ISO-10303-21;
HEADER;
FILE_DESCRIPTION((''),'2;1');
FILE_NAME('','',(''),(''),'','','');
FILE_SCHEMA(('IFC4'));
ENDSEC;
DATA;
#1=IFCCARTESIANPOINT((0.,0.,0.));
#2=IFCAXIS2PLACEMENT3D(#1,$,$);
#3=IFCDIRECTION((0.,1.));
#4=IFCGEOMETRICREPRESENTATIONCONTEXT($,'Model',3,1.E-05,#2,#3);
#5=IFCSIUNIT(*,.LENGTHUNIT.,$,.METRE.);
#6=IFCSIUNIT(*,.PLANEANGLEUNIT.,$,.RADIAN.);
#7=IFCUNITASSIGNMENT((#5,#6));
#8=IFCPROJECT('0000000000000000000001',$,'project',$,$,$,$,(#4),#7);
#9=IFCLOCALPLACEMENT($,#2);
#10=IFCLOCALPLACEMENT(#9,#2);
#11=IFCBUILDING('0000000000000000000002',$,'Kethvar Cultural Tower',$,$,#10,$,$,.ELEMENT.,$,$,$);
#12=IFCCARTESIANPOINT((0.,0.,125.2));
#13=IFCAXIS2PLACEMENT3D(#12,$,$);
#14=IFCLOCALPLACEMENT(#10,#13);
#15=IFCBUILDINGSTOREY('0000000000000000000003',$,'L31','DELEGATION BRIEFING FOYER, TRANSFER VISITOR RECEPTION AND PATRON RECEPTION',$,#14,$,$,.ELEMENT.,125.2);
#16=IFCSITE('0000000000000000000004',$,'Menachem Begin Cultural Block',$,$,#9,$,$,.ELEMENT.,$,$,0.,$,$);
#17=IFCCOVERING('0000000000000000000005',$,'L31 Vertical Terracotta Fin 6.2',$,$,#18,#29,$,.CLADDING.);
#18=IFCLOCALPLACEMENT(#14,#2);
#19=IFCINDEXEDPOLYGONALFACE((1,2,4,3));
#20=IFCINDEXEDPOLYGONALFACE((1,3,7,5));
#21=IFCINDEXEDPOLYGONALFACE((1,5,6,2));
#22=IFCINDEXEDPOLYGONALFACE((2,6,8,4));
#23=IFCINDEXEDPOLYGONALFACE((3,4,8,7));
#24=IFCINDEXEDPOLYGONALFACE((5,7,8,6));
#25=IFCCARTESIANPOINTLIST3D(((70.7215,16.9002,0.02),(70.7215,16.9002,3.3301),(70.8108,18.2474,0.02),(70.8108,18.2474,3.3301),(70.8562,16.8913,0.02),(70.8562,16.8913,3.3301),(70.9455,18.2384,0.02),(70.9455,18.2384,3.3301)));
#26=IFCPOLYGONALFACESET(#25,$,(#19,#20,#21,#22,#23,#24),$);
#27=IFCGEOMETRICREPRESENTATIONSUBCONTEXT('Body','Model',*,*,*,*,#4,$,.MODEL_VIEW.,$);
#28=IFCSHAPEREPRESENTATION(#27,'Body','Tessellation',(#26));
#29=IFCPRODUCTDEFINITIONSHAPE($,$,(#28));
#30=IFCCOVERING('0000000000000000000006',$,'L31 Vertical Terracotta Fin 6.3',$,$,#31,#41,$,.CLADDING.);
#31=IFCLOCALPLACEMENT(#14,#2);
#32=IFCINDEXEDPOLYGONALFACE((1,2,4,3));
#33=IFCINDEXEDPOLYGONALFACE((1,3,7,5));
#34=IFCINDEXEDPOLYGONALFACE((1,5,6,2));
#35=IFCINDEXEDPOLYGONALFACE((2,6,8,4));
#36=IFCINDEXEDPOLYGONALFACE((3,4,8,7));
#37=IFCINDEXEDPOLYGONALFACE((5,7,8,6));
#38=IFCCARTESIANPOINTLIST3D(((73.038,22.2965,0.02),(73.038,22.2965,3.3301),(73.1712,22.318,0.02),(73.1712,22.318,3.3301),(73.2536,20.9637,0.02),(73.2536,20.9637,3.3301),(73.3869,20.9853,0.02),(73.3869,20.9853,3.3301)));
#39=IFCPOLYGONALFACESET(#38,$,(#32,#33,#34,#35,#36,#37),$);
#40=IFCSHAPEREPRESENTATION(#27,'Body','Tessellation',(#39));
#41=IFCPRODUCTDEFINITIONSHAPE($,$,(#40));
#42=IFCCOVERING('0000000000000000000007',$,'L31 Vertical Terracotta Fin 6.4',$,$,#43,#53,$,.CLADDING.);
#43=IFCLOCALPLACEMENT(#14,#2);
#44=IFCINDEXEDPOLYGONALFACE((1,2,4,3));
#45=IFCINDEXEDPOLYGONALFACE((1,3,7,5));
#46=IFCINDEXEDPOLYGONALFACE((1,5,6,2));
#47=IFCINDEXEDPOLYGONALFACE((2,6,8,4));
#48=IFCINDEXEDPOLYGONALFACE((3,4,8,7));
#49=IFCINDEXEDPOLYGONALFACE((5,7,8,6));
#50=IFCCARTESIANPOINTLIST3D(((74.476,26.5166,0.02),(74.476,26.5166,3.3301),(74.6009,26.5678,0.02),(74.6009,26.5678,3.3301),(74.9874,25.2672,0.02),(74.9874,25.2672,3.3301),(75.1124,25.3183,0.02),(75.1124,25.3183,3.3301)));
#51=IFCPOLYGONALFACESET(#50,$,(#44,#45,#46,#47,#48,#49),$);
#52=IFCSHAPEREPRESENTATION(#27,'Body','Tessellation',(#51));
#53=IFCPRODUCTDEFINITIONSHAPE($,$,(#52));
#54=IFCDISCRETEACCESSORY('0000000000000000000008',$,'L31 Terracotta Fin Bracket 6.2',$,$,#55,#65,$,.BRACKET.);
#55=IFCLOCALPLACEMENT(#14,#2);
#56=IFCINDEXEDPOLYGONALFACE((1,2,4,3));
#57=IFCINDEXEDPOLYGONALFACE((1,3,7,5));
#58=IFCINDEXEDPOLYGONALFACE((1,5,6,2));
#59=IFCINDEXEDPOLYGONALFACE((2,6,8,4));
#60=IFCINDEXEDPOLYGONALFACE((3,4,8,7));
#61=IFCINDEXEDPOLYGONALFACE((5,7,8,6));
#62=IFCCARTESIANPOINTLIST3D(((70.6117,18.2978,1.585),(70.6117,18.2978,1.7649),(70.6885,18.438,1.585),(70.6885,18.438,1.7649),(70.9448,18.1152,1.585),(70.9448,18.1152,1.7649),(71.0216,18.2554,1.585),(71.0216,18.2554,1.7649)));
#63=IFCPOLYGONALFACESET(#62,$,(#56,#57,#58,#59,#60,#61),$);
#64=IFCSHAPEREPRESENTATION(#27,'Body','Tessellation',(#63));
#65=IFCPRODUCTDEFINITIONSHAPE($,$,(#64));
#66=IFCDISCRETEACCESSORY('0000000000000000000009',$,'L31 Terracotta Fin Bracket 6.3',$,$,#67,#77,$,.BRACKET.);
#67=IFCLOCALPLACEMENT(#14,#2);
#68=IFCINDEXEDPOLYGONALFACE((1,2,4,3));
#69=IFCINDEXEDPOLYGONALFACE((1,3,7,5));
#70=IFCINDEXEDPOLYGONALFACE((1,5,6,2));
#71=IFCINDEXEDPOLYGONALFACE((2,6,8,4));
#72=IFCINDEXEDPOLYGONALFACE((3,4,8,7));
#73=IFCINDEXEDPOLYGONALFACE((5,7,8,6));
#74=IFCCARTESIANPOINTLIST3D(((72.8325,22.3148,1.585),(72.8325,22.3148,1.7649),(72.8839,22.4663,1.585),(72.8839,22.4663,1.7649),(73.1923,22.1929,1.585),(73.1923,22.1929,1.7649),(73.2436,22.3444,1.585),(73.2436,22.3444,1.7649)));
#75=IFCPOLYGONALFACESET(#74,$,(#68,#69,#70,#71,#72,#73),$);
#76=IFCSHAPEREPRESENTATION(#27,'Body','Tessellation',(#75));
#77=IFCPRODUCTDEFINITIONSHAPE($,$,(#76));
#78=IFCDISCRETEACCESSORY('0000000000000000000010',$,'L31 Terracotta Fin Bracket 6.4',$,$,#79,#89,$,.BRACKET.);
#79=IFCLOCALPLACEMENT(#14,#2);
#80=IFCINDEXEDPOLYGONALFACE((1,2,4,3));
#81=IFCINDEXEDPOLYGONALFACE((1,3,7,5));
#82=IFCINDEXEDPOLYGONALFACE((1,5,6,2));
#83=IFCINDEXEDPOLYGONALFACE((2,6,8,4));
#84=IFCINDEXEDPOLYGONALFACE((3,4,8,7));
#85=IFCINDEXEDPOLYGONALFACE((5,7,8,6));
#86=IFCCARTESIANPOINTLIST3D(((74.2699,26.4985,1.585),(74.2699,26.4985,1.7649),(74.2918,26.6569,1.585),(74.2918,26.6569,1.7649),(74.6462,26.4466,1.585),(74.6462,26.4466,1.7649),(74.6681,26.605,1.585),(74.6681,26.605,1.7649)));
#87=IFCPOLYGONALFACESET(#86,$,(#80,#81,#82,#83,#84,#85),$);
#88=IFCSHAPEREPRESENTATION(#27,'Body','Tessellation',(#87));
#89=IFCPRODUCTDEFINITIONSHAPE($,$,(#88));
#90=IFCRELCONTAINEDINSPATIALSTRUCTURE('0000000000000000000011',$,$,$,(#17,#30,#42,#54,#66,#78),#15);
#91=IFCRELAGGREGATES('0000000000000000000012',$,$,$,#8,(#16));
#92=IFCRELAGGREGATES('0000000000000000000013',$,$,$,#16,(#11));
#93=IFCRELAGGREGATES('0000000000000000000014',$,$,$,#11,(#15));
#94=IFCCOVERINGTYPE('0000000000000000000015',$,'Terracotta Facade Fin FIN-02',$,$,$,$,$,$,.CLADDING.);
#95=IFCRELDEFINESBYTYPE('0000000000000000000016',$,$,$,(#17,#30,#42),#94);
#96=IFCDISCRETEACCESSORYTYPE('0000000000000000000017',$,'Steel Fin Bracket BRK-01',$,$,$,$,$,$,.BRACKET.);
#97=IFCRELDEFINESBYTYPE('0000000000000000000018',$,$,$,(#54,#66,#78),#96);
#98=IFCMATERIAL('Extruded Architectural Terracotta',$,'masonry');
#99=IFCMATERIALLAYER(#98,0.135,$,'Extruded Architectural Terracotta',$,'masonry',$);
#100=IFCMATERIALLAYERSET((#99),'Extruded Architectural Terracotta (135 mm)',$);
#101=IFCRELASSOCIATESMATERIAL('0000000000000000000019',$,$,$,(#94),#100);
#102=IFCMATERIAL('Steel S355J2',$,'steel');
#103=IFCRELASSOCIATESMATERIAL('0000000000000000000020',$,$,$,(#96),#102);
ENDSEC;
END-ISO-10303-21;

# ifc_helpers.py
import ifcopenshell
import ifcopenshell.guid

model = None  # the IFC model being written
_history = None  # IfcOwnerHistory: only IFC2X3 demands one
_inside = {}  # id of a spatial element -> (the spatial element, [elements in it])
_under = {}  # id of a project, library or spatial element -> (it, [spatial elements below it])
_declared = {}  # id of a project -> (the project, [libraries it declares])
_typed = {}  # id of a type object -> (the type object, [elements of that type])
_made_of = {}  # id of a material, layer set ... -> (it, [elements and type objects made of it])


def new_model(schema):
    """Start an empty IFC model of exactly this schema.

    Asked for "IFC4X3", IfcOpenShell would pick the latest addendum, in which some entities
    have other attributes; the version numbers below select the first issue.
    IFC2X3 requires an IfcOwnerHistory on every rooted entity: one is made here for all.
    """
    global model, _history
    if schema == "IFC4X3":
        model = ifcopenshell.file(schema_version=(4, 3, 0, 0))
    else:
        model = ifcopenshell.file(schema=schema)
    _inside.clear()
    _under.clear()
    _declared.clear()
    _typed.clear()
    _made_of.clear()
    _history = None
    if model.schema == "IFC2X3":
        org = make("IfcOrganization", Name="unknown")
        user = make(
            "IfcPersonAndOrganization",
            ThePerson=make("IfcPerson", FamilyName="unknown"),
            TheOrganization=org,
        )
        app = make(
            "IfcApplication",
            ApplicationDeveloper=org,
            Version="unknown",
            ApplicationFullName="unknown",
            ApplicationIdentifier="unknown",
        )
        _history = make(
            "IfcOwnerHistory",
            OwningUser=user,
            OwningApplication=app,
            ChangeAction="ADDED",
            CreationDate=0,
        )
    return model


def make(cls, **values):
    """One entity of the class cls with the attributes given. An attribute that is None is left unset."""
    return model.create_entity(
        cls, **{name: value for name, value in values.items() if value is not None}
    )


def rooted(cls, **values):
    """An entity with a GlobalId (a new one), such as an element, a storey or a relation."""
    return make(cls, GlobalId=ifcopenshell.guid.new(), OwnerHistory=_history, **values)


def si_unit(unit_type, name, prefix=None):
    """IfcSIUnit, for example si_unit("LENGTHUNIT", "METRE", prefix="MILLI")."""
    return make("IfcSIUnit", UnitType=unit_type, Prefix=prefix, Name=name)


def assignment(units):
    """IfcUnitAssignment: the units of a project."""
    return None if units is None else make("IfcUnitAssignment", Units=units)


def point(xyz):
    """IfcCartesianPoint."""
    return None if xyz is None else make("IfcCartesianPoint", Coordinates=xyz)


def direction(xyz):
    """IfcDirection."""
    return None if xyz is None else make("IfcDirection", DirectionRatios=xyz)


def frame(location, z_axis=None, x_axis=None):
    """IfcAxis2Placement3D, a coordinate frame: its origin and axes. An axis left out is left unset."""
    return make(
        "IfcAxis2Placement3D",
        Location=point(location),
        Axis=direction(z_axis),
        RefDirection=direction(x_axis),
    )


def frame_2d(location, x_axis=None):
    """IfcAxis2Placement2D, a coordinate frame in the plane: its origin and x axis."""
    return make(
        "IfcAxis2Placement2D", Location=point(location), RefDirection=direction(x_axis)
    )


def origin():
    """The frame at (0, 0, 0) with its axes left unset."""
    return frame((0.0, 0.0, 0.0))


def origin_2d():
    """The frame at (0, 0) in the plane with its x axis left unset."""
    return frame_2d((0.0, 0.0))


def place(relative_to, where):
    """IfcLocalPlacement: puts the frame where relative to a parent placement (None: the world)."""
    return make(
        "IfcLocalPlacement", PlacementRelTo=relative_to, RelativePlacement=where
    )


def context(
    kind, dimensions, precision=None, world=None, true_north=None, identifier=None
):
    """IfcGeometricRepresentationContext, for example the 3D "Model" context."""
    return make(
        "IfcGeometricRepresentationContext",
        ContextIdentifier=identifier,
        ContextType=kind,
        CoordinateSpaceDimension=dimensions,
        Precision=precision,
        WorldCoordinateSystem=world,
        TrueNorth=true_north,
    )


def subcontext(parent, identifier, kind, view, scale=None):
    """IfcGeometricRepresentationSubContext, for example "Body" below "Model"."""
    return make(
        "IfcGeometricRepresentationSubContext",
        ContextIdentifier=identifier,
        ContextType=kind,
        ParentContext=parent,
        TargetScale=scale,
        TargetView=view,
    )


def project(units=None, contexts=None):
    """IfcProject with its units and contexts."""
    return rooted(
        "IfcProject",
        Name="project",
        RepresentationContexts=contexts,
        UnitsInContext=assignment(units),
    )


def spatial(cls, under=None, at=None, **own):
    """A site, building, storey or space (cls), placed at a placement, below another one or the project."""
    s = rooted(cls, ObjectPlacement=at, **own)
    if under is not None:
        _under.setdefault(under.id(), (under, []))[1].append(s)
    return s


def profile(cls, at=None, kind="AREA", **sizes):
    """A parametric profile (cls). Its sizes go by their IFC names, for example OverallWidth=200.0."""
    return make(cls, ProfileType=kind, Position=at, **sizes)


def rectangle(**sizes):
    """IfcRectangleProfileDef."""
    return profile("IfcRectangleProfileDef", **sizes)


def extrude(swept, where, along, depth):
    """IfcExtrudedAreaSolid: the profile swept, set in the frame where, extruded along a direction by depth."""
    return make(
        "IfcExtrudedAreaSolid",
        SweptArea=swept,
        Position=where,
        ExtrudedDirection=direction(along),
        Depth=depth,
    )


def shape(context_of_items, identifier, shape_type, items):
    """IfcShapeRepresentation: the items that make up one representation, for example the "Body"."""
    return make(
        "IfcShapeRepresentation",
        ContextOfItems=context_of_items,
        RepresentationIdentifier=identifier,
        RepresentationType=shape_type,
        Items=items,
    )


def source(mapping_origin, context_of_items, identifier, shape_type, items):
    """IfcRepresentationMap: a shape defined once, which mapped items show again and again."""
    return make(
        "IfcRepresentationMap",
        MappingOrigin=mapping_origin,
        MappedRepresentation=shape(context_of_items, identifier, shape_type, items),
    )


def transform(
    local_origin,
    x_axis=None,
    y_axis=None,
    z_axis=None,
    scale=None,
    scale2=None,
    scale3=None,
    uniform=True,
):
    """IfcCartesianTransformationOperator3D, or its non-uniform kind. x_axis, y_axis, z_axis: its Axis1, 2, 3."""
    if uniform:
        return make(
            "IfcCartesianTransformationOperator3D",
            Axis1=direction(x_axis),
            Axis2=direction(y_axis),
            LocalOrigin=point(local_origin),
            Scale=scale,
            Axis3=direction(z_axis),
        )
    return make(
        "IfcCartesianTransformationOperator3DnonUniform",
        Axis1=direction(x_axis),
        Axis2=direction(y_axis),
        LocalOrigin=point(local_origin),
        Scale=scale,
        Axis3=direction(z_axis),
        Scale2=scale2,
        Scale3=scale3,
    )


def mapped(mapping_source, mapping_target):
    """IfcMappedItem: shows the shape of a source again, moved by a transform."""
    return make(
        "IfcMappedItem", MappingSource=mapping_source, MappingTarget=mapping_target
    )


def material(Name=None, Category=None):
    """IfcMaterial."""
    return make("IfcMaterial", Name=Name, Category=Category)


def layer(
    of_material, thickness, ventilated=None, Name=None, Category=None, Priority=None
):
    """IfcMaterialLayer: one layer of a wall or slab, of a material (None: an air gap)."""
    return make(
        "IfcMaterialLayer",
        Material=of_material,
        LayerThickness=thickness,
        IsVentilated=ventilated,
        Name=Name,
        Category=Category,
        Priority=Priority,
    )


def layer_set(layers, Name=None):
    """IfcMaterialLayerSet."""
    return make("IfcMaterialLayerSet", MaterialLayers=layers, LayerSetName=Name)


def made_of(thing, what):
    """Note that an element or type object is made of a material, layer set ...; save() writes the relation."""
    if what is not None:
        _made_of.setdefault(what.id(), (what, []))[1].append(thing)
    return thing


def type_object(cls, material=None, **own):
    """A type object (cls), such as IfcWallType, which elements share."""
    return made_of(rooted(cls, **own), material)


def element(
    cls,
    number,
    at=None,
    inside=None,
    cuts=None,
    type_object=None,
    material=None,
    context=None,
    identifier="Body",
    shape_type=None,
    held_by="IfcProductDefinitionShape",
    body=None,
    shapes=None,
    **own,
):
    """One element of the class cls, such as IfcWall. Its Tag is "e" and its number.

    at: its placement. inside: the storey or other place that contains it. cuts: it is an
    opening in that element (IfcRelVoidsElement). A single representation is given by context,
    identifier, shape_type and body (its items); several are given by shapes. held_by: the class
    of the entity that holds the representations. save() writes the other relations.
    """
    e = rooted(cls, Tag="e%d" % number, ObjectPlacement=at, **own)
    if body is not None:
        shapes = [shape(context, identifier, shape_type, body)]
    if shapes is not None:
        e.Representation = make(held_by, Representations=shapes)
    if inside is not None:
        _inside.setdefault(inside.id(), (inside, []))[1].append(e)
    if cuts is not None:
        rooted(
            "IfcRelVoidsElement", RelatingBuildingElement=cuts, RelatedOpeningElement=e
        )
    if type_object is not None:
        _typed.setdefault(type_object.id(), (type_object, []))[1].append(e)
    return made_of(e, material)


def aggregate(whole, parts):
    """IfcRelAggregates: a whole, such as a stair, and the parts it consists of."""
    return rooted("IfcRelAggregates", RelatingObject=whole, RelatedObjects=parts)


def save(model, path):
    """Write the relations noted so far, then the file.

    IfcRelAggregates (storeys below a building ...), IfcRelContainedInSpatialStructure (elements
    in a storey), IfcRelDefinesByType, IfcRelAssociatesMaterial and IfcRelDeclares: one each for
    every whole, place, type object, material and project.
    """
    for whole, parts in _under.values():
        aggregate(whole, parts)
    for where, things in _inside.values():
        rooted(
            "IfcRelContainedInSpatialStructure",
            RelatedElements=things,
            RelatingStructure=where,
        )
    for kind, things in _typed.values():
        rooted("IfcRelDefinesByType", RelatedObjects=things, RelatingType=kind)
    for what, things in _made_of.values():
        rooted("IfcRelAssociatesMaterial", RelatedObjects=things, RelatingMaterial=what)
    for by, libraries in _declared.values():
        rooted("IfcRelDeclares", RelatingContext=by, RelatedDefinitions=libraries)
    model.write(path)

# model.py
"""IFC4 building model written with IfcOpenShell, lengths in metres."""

from ifc_helpers import new_model, si_unit, direction, frame, origin, origin_2d, place, context, subcontext, project, spatial, rectangle, extrude, source, transform, mapped, material, layer, layer_set, type_object, element, save


model = new_model("IFC4")

# Units and contexts
model_context = context("Model", 3, precision=1e-05, world=origin(), true_north=direction((0.0, 1.0)))
body_context = subcontext(model_context, "Body", "Model", "MODEL_VIEW")
ifc_project = project(units=[si_unit("LENGTHUNIT", "METRE"), si_unit("PLANEANGLEUNIT", "RADIAN")], contexts=[model_context])

# Site, building, storey
site_placement = place(None, origin())
site = spatial("IfcSite", under=ifc_project, at=site_placement, Name="Menachem Begin Cultural Block", CompositionType="ELEMENT", RefElevation=0.0)
building_placement = place(site_placement, origin())
building = spatial("IfcBuilding", under=site, at=building_placement, Name="Kethvar Cultural Tower", CompositionType="ELEMENT")
storey_placement = place(building_placement, frame((0.0, 0.0, 125.2)))
storey = spatial("IfcBuildingStorey", under=building, at=storey_placement, Name="L31", Description="DELEGATION BRIEFING FOYER, TRANSFER VISITOR RECEPTION AND PATRON RECEPTION", CompositionType="ELEMENT", Elevation=125.2)

# Shared definitions
ifc_material_1 = material(Name="Steel S355J2", Category="steel")

# Coverings
ifc_material_2 = material(Name="Extruded Architectural Terracotta", Category="masonry")
ifc_layer_1 = layer(ifc_material_2, 0.135, Name="Extruded Architectural Terracotta", Category="masonry")
ifc_layer_set_1 = layer_set([ifc_layer_1], Name="Extruded Architectural Terracotta (135 mm)")
covering_type = type_object("IfcCoveringType", Name="Terracotta Facade Fin FIN-02", PredefinedType="CLADDING", material=ifc_layer_set_1)
shared_shape_1 = source(origin(), body_context, "Body", "SweptSolid", [
    extrude(rectangle(XDim=1.3501, YDim=0.135, at=origin_2d()), origin(), (0.0, 0.0, 1.0), 3.3101),
])
for number, where, z_axis, x_axis, name in (
    (1, (70.8335, 17.5693, 0.02), (0.0, 0.0, 1.0), (-0.0661, -0.997813, 0.0), "L31 Vertical Terracotta Fin 6.2"),
    (2, (73.2124, 21.6409, 0.02), (0.0, 0.0, 1.0), (0.159709, -0.987164, 0.0), "L31 Vertical Terracotta Fin 6.3"),
    (3, (74.7942, 25.9175, 0.02), (0.0, 0.0, 1.0), (0.37881, -0.925474, 0.0), "L31 Vertical Terracotta Fin 6.4"),
):
    element("IfcCovering", number, at=place(storey_placement, frame(where, z_axis=z_axis, x_axis=x_axis)), inside=storey, type_object=covering_type, Name=name, PredefinedType="CLADDING", context=body_context, shape_type="MappedRepresentation", body=[
        mapped(shared_shape_1, transform((0.0, 0.0, 0.0), scale=1.0)),
    ])

# Discrete accessories
discrete_accessory_type = type_object("IfcDiscreteAccessoryType", Name="Steel Fin Bracket BRK-01", PredefinedType="BRACKET", material=ifc_material_1)
shared_shape_2 = source(origin(), body_context, "Body", "SweptSolid", [
    extrude(rectangle(XDim=0.3799, YDim=0.1599, at=origin_2d()), origin(), (0.0, 0.0, 1.0), 0.1799),
])
for number, where, z_axis, x_axis, name in (
    (4, (70.8167, 18.2766, 1.585), (0.0, 0.0, 1.0), (0.876895, -0.480683, 0.0), "L31 Terracotta Fin Bracket 6.2"),
    (5, (73.0381, 22.3296, 1.585), (0.0, 0.0, 1.0), (0.947098, -0.320944, 0.0), "L31 Terracotta Fin Bracket 6.3"),
    (6, (74.469, 26.5518, 1.585), (0.0, 0.0, 1.0), (0.990605, -0.136753, 0.0), "L31 Terracotta Fin Bracket 6.4"),
):
    element("IfcDiscreteAccessory", number, at=place(storey_placement, frame(where, z_axis=z_axis, x_axis=x_axis)), inside=storey, type_object=discrete_accessory_type, Name=name, PredefinedType="BRACKET", context=body_context, shape_type="MappedRepresentation", body=[
        mapped(shared_shape_2, transform((0.0, 0.0, 0.0), scale=1.0)),
    ])

save(model, "model.ifc")
